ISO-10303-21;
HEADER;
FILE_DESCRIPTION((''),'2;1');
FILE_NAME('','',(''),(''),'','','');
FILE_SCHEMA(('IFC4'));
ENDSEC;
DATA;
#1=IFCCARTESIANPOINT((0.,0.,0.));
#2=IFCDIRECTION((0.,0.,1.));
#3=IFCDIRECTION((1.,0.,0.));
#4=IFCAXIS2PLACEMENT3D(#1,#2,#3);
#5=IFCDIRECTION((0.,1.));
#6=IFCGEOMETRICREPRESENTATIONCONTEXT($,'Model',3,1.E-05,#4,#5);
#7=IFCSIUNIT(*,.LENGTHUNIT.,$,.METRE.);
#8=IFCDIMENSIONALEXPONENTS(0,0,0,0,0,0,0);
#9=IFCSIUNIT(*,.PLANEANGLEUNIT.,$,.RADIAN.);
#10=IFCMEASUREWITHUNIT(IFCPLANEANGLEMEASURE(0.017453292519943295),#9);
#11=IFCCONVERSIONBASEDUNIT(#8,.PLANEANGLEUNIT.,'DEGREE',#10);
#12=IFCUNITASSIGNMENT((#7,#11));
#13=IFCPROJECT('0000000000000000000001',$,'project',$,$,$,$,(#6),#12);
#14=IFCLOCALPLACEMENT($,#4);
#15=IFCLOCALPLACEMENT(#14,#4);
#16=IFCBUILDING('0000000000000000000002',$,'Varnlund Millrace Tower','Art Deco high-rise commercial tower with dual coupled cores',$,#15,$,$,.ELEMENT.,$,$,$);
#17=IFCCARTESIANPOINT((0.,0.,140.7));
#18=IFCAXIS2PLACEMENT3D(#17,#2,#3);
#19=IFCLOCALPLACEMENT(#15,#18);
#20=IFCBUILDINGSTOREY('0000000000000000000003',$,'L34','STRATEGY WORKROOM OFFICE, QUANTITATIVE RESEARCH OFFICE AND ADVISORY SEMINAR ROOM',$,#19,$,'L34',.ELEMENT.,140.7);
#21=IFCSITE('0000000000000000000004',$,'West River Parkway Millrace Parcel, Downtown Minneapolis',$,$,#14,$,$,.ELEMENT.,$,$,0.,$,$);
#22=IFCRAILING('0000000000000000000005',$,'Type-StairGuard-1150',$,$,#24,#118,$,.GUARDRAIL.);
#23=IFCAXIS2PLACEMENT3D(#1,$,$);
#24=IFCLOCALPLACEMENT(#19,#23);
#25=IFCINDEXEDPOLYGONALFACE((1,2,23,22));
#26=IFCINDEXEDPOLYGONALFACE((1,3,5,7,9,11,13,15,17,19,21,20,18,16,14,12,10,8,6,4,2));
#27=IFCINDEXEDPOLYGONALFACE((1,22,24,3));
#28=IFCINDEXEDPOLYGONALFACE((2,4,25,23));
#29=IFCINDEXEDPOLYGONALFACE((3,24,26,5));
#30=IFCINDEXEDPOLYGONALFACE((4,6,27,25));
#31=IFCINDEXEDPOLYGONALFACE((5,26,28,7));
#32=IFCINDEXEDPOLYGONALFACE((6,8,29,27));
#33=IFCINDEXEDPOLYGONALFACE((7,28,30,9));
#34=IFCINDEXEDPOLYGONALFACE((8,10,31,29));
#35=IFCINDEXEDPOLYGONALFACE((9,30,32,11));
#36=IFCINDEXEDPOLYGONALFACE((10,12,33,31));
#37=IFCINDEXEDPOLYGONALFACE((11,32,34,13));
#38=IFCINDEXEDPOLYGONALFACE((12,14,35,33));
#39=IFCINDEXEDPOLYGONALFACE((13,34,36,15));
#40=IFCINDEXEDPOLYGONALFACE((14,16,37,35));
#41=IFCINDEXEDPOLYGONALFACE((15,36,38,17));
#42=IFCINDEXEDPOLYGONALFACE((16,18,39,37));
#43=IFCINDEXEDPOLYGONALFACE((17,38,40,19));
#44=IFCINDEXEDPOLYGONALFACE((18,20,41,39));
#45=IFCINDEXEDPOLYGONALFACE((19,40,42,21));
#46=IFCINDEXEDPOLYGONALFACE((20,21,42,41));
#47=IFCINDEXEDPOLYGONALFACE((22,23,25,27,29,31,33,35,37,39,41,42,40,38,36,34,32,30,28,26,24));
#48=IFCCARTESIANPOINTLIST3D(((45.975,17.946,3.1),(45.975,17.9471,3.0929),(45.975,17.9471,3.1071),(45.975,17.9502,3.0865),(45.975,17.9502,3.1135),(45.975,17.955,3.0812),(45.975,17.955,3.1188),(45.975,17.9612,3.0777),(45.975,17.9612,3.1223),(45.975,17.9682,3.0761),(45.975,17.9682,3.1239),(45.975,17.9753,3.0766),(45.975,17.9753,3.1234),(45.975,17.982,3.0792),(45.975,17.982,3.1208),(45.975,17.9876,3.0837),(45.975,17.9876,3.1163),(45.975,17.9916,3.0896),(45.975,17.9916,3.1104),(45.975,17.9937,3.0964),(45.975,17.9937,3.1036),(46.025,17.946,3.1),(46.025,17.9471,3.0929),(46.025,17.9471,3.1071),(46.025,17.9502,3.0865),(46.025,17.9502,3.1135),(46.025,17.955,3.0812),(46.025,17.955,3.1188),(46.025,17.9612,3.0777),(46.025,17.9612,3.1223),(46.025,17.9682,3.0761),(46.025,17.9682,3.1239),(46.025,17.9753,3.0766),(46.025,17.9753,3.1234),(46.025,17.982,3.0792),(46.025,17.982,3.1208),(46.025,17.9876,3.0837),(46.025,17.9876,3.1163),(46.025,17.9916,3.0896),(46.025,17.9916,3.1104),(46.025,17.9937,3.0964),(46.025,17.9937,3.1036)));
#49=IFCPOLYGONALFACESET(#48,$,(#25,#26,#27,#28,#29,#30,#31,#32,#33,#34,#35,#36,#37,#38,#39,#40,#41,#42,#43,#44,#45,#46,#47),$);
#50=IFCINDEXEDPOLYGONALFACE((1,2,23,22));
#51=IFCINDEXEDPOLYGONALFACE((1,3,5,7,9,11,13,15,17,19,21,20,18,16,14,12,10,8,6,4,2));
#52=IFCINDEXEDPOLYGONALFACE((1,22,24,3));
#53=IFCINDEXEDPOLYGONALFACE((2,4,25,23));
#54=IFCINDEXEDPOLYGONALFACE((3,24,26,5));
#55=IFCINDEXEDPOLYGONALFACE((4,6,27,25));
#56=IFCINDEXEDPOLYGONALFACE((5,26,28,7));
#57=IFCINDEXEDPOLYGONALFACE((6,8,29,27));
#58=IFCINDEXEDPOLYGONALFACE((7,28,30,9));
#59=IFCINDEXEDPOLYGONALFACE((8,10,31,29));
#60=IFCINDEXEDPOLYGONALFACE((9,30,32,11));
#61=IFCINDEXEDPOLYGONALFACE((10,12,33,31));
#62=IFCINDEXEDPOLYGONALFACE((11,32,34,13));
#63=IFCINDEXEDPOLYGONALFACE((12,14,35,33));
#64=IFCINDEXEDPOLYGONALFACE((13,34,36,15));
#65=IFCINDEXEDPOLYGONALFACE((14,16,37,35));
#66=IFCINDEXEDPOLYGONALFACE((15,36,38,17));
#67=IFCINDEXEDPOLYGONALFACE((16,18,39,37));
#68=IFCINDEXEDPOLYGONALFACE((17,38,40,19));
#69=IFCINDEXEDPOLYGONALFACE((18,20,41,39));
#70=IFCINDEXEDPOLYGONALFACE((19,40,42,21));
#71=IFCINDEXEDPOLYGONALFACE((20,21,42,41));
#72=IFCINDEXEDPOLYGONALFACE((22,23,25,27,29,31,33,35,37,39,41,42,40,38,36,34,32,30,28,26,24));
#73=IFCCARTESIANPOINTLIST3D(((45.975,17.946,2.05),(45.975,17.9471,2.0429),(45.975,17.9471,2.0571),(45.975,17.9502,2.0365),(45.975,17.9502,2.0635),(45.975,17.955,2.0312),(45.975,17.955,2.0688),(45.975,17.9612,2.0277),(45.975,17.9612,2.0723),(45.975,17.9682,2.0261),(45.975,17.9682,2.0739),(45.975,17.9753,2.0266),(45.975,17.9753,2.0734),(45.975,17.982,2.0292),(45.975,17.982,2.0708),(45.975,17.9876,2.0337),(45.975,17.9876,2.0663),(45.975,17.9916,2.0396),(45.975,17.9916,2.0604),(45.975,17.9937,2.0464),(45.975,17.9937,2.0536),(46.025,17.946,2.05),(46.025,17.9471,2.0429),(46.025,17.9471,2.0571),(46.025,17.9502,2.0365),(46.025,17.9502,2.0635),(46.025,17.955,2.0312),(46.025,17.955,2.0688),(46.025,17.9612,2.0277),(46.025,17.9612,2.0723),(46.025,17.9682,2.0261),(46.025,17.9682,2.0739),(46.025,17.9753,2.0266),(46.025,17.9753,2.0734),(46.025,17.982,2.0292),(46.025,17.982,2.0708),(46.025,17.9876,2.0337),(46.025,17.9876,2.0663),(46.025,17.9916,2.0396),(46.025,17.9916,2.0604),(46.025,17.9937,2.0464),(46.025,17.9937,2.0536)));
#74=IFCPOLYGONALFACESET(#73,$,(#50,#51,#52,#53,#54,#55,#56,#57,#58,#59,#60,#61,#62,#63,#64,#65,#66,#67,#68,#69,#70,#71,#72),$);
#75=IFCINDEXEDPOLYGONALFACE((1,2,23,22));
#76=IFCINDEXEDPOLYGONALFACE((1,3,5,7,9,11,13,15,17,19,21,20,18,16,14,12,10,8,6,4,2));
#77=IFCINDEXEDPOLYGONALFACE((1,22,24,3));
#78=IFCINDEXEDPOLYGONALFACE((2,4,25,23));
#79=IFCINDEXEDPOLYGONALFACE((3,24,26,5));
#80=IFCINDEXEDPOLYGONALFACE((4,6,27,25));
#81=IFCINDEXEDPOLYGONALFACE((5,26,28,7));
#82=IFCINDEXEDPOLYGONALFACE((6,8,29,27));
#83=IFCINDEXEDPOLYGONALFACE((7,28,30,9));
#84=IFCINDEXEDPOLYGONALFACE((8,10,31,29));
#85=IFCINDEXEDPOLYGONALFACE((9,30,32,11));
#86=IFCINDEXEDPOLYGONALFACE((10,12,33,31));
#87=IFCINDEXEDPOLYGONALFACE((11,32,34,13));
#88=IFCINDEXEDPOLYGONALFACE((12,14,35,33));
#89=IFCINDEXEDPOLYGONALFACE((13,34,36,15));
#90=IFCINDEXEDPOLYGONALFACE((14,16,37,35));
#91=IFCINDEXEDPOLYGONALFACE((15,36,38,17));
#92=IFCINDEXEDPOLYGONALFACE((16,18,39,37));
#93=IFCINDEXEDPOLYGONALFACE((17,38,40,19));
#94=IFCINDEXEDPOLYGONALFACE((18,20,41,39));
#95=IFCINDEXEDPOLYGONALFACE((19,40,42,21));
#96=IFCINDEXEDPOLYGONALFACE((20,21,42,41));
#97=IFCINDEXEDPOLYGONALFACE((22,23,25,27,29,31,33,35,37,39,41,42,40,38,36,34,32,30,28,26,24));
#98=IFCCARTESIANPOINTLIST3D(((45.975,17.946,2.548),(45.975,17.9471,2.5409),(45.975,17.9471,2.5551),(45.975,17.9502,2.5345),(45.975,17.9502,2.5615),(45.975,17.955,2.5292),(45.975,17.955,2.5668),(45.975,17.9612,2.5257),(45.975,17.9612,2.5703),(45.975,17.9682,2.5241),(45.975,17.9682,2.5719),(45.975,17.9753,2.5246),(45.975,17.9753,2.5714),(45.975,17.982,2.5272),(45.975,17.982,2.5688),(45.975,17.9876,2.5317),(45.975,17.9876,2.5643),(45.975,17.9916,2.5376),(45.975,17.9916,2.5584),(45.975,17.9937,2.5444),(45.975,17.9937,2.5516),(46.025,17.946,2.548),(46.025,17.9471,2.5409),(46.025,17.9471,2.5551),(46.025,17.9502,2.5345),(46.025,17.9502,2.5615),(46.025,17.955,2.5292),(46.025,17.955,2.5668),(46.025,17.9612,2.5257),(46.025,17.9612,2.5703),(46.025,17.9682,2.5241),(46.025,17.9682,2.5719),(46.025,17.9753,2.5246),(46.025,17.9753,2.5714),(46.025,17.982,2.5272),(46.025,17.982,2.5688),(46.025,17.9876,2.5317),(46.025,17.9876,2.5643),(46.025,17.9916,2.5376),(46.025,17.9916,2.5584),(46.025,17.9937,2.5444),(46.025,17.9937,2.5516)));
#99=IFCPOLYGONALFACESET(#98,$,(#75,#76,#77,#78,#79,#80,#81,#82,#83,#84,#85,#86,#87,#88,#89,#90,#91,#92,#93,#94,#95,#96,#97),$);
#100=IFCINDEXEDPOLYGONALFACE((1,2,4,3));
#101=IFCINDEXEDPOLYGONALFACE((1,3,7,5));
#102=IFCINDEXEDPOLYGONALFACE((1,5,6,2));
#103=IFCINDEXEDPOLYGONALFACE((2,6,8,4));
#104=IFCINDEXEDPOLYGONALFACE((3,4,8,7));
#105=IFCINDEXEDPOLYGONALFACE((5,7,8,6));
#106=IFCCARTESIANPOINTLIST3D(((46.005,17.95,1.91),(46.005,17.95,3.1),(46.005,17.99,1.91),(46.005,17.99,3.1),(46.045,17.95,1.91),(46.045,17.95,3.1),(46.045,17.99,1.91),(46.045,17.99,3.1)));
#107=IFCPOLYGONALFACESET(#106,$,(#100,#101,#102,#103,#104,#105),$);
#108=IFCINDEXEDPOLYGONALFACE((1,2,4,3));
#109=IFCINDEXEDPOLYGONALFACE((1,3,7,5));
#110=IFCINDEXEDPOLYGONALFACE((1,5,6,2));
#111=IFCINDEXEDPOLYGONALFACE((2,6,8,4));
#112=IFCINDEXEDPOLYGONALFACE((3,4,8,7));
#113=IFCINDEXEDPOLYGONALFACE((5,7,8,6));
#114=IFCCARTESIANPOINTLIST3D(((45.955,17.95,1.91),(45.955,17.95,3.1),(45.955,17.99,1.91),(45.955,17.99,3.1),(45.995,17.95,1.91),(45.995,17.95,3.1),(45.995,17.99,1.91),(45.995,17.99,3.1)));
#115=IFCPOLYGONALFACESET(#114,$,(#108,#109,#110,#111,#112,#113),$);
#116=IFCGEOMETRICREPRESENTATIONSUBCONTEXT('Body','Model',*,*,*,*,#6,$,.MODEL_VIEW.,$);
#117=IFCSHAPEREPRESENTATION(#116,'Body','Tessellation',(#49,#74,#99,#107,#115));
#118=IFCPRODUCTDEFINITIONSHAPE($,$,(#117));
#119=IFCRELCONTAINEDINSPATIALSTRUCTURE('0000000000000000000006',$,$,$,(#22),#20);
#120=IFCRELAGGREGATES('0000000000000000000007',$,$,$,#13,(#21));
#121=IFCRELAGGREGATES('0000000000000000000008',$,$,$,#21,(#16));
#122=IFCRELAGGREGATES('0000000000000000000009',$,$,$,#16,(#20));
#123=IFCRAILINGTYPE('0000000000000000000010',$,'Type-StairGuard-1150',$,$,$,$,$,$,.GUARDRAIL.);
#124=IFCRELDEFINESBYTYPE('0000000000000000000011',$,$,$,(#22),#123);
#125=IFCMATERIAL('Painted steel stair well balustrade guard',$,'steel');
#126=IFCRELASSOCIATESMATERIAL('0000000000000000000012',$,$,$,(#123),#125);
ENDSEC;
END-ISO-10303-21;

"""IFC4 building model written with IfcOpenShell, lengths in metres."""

from ifc_helpers import new_model, entity, si_unit, converted_unit, direction, frame, origin_with_axes, origin_2d_with_axis, place, context, subcontext, project, spatial, rectangle, circle, extrude, material, type_object, element, save


model = new_model("IFC4")

# Units and contexts
model_context = context("Model", 3, precision=1e-05, world=origin_with_axes(), true_north=direction((0.0, 1.0)))
body_context = subcontext(model_context, "Body", "Model", "MODEL_VIEW")
ifc_project = project(units=[si_unit("LENGTHUNIT", "METRE"), converted_unit("PLANEANGLEUNIT", "DEGREE", entity("IfcPlaneAngleMeasure", 0.017453292519943295), si_unit("PLANEANGLEUNIT", "RADIAN"), dimensions=[0, 0, 0, 0, 0, 0, 0])], contexts=[model_context])

# Site, building, storey
site_placement = place(None, origin_with_axes())
site = spatial("IfcSite", under=ifc_project, at=site_placement, Name="West River Parkway Millrace Parcel, Downtown Minneapolis", CompositionType="ELEMENT", RefElevation=0.0)
building_placement = place(site_placement, origin_with_axes())
building = spatial("IfcBuilding", under=site, at=building_placement, Name="Varnlund Millrace Tower", Description="Art Deco high-rise commercial tower with dual coupled cores", CompositionType="ELEMENT")
storey_placement = place(building_placement, frame((0.0, 0.0, 140.7), z_axis=(0.0, 0.0, 1.0), x_axis=(1.0, 0.0, 0.0)))
storey = spatial("IfcBuildingStorey", under=building, at=storey_placement, Name="L34", Description="STRATEGY WORKROOM OFFICE, QUANTITATIVE RESEARCH OFFICE AND ADVISORY SEMINAR ROOM", LongName="L34", CompositionType="ELEMENT", Elevation=140.7)

# Railing
ifc_material_1 = material(Name="Painted steel stair well balustrade guard", Category="steel")
railing_type_1 = type_object("IfcRailingType", Name="Type-StairGuard-1150", PredefinedType="GUARDRAIL", material=ifc_material_1)
railing_1_placement = place(storey_placement, frame((0.0, 0.0, -140.7), z_axis=(0.0, 0.0, 1.0), x_axis=(1.0, 0.0, 0.0)))
element("IfcRailing", 1, at=railing_1_placement, inside=storey, type_object=railing_type_1, Name="Type-StairGuard-1150", PredefinedType="GUARDRAIL", context=body_context, shape_type="SweptSolid", body=[
    extrude(circle(Radius=0.024, at=origin_2d_with_axis()), frame((46.025, 17.97, 143.8), z_axis=(-1.0, 0.0, 0.0), x_axis=(0.0, -1.0, 0.0)), (0.0, 0.0, 1.0), 0.05),
    extrude(circle(Radius=0.024, at=origin_2d_with_axis()), frame((46.025, 17.97, 142.75), z_axis=(-1.0, 0.0, 0.0), x_axis=(0.0, -1.0, 0.0)), (0.0, 0.0, 1.0), 0.05),
    extrude(circle(Radius=0.024, at=origin_2d_with_axis()), frame((46.025, 17.97, 143.248), z_axis=(-1.0, 0.0, 0.0), x_axis=(0.0, -1.0, 0.0)), (0.0, 0.0, 1.0), 0.05),
    extrude(rectangle(XDim=0.04, YDim=0.04, at=origin_2d_with_axis()), frame((46.025, 17.97, 142.61), z_axis=(0.0, 0.0, 1.0), x_axis=(1.0, 0.0, 0.0)), (0.0, 0.0, 1.0), 1.19),
    extrude(rectangle(XDim=0.04, YDim=0.04, at=origin_2d_with_axis()), frame((45.975, 17.97, 142.61), z_axis=(0.0, 0.0, 1.0), x_axis=(1.0, 0.0, 0.0)), (0.0, 0.0, 1.0), 1.19),
])

save(model, "model.ifc")
